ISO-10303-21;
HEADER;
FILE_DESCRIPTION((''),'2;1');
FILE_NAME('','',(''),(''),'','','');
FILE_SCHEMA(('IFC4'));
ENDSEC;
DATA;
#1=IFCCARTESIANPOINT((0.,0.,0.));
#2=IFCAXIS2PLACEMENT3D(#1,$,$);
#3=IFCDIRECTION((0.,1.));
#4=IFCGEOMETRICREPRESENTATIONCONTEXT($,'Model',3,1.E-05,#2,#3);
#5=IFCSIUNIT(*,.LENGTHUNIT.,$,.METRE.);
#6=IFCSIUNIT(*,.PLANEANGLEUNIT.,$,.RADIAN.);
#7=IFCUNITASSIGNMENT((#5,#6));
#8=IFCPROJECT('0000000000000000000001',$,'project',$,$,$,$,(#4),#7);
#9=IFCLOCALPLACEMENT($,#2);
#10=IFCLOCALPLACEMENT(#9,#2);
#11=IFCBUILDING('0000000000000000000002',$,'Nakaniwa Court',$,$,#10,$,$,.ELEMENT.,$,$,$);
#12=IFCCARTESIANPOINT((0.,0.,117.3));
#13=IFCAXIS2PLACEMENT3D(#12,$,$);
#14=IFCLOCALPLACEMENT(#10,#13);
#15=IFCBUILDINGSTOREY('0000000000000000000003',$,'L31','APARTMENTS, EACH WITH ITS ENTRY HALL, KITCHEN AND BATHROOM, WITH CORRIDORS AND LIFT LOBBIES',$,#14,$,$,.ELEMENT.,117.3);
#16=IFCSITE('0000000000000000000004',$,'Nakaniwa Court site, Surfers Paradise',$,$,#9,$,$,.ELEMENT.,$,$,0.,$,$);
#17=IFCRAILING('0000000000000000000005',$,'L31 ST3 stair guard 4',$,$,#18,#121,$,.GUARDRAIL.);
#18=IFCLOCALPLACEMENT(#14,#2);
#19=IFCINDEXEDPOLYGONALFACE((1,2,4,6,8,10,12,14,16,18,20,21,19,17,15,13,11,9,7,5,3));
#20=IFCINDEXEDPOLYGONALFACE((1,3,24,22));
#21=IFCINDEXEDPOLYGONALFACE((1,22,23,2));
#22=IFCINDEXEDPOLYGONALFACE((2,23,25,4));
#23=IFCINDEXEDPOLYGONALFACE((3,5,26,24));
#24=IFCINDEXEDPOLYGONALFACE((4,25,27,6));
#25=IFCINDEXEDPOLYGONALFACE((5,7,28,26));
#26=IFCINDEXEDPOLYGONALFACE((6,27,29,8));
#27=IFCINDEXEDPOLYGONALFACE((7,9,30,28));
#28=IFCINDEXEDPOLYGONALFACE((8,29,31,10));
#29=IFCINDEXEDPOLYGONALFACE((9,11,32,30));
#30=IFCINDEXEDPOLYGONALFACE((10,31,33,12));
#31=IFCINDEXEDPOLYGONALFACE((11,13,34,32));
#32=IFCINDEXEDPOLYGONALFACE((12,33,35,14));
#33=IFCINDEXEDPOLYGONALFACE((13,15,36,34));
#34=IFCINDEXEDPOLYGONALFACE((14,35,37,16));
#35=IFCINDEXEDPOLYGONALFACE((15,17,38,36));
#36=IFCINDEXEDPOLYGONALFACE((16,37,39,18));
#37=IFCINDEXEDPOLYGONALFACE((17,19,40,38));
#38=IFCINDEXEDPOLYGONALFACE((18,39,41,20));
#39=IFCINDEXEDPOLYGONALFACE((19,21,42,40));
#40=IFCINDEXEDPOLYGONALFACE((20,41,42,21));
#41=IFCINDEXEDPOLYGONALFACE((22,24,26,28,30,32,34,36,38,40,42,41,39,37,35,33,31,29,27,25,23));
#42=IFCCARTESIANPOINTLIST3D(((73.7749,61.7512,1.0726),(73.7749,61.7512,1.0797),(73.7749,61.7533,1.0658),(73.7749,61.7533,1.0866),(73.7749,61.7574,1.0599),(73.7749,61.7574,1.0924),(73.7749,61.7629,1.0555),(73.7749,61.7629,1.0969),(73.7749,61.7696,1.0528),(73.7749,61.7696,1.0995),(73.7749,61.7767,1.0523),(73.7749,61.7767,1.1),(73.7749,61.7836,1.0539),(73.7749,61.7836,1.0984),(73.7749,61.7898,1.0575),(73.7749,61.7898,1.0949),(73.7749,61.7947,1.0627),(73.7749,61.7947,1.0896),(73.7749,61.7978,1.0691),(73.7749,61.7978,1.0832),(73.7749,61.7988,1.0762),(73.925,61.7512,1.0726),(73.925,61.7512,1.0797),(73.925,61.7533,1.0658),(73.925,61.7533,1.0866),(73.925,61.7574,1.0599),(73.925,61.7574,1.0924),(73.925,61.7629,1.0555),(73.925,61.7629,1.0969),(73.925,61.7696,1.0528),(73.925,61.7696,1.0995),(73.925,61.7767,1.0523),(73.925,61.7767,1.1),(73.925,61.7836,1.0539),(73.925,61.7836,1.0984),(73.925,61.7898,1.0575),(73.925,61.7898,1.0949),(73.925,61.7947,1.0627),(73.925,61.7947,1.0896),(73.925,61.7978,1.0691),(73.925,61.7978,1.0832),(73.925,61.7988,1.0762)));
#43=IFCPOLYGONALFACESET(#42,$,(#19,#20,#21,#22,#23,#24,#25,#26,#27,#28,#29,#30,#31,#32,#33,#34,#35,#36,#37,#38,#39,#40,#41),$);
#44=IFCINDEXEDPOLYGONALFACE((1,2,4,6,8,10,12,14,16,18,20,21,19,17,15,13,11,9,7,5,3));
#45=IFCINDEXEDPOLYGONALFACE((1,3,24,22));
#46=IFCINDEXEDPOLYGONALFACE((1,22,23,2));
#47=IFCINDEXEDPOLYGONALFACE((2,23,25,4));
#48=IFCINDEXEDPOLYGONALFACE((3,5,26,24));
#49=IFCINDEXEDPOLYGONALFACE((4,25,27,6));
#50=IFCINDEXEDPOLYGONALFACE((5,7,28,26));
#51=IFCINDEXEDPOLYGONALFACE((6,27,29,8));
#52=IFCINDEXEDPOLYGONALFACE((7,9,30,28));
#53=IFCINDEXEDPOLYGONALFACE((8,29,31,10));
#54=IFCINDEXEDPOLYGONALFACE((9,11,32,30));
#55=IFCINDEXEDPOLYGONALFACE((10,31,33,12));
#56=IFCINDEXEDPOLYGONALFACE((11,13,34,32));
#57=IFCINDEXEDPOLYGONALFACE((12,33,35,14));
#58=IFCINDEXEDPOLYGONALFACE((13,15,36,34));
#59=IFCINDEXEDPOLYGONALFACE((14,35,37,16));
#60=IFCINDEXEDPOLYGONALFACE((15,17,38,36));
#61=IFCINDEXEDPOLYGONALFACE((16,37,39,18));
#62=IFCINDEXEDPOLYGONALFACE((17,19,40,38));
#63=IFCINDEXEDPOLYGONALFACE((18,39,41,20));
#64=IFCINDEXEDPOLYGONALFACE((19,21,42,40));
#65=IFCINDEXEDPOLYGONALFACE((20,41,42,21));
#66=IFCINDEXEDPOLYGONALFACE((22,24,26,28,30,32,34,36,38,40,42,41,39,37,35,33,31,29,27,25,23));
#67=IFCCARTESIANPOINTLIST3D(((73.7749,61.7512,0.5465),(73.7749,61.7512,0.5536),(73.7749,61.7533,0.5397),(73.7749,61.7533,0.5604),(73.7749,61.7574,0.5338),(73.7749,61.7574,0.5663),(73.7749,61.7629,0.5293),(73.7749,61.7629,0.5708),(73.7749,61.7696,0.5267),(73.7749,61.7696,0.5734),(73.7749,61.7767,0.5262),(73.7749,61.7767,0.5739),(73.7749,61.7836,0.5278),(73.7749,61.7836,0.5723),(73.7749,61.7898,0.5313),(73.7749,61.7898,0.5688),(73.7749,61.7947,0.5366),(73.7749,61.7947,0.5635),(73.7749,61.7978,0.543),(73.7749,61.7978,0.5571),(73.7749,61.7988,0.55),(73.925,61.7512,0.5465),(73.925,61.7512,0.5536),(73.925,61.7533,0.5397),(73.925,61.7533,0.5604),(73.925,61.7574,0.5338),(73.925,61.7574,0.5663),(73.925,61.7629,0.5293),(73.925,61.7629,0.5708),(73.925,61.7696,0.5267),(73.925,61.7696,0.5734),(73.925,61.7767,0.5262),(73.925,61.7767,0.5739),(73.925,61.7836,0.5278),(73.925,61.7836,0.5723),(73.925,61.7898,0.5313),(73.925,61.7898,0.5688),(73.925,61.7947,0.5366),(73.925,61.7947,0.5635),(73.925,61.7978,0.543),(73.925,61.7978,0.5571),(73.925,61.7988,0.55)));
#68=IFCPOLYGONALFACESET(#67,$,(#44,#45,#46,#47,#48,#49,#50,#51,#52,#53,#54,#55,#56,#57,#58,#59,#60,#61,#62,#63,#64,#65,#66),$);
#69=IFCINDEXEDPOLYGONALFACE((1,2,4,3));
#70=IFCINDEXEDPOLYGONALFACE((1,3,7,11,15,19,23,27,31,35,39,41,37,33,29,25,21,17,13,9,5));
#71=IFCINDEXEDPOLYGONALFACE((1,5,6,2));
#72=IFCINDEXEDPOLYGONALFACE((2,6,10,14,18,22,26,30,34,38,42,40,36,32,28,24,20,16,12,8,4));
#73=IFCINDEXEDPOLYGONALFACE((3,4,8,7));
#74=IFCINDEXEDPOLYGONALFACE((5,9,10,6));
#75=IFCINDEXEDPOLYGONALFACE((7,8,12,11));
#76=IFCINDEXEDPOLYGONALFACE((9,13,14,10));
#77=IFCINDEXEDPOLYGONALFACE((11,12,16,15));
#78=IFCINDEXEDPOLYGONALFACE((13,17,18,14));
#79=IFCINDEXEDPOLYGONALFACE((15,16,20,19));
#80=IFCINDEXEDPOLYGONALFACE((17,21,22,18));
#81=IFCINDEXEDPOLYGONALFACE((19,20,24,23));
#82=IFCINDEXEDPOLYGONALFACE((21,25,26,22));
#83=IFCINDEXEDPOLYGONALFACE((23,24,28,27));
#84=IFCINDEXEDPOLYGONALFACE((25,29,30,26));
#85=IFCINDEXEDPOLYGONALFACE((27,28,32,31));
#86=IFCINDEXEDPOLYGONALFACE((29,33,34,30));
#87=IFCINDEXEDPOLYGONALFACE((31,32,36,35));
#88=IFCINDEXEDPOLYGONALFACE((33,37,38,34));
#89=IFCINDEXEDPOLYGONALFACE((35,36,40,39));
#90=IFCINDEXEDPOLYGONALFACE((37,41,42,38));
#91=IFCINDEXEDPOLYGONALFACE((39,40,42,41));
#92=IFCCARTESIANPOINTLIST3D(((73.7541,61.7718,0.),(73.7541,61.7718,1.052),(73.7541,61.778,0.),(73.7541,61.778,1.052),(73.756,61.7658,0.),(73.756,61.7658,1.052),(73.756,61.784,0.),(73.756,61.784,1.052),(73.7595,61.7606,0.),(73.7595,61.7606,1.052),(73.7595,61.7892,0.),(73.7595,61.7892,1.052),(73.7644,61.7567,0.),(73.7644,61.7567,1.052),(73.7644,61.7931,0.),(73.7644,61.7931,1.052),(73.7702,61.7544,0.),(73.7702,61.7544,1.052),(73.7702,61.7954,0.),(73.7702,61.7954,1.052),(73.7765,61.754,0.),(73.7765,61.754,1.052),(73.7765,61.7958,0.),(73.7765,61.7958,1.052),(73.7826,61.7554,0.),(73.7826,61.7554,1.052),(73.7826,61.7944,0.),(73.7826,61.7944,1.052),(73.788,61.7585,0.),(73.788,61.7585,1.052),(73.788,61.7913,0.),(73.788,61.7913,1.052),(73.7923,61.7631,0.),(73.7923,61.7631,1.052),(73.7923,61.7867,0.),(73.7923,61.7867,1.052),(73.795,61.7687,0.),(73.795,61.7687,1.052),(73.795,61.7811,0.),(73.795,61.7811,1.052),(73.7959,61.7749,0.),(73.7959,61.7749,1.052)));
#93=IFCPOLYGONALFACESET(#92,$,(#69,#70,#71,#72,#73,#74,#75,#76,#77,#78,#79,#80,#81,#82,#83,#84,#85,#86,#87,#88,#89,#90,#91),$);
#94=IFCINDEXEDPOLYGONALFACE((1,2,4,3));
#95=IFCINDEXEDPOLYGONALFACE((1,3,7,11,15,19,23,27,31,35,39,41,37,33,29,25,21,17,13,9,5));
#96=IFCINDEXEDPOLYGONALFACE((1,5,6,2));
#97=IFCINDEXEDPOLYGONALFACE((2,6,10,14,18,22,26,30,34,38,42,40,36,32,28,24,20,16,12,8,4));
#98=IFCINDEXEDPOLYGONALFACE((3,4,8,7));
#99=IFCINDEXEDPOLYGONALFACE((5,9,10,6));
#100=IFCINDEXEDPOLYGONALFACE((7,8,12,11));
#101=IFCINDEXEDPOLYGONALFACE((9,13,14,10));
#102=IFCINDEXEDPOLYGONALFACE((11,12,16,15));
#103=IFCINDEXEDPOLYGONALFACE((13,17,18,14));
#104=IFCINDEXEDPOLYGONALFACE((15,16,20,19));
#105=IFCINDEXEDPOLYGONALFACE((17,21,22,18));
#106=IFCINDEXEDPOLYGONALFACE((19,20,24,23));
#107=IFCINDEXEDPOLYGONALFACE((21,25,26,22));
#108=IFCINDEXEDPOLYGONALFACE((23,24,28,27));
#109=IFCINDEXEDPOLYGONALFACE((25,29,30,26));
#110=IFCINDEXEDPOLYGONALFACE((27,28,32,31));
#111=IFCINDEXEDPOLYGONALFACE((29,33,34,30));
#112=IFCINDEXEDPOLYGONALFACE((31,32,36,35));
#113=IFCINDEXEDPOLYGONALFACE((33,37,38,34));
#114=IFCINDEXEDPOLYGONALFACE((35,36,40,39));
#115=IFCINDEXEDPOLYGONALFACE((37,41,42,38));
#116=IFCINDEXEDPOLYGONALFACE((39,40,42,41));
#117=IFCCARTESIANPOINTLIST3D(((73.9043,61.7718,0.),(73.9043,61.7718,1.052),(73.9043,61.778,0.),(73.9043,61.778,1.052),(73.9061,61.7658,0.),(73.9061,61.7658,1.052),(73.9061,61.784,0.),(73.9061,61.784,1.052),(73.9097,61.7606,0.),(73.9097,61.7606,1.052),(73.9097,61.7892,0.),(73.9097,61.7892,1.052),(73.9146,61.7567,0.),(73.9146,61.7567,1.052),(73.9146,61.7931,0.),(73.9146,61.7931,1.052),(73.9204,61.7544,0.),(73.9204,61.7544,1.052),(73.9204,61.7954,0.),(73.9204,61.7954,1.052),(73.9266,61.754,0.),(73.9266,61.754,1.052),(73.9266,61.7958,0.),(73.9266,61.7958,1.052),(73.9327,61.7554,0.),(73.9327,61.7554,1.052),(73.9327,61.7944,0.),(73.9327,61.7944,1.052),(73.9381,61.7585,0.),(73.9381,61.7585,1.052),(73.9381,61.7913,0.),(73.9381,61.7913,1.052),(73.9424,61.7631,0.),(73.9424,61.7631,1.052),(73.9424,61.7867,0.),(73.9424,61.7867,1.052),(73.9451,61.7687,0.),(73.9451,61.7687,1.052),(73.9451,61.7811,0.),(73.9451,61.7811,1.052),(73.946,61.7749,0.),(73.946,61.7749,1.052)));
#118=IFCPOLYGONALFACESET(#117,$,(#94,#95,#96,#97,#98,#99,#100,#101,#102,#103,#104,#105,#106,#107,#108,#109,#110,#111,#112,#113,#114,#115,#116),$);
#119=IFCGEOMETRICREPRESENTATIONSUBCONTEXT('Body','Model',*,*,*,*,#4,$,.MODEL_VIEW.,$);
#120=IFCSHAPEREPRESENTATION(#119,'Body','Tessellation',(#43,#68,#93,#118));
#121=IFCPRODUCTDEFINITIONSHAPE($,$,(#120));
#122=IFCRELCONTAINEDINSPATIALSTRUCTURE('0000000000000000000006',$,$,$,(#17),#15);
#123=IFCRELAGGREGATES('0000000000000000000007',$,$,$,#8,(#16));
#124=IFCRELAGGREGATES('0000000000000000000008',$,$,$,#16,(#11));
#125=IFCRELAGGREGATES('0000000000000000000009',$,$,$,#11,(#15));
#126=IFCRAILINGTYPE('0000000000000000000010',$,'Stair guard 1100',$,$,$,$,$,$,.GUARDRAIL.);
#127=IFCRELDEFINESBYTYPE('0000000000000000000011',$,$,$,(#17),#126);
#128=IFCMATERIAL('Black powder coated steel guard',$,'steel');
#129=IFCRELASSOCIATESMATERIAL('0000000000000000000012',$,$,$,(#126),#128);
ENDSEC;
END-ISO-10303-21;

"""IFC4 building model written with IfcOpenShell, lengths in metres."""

from ifc_helpers import new_model, si_unit, direction, frame, origin, origin_2d, place, context, subcontext, project, spatial, circle, extrude, material, type_object, element, save


model = new_model("IFC4")

# Units and contexts
model_context = context("Model", 3, precision=1e-05, world=origin(), true_north=direction((0.0, 1.0)))
body_context = subcontext(model_context, "Body", "Model", "MODEL_VIEW")
ifc_project = project(units=[si_unit("LENGTHUNIT", "METRE"), si_unit("PLANEANGLEUNIT", "RADIAN")], contexts=[model_context])

# Site, building, storey
site_placement = place(None, origin())
site = spatial("IfcSite", under=ifc_project, at=site_placement, Name="Nakaniwa Court site, Surfers Paradise", CompositionType="ELEMENT", RefElevation=0.0)
building_placement = place(site_placement, origin())
building = spatial("IfcBuilding", under=site, at=building_placement, Name="Nakaniwa Court", CompositionType="ELEMENT")
storey_placement = place(building_placement, frame((0.0, 0.0, 117.3)))
storey = spatial("IfcBuildingStorey", under=building, at=storey_placement, Name="L31", Description="APARTMENTS, EACH WITH ITS ENTRY HALL, KITCHEN AND BATHROOM, WITH CORRIDORS AND LIFT LOBBIES", CompositionType="ELEMENT", Elevation=117.3)

# Railing
ifc_material_1 = material(Name="Black powder coated steel guard", Category="steel")
railing_type_1 = type_object("IfcRailingType", Name="Stair guard 1100", PredefinedType="GUARDRAIL", material=ifc_material_1)
railing_1_placement = place(storey_placement, frame((73.7749, 61.7749, 0.0)))
element("IfcRailing", 1, at=railing_1_placement, inside=storey, type_object=railing_type_1, Name="L31 ST3 stair guard 4", PredefinedType="GUARDRAIL", context=body_context, shape_type="SweptSolid", body=[
    extrude(circle(Radius=0.0239, at=origin_2d()), frame((0.0, 0.0, 1.0762), z_axis=(1.0, 0.0, 0.0), x_axis=(0.0, 1.0, 0.0)), (0.0, 0.0, 1.0), 0.1501),
    extrude(circle(Radius=0.0239, at=origin_2d()), frame((0.0, 0.0, 0.55), z_axis=(1.0, 0.0, 0.0), x_axis=(0.0, 1.0, 0.0)), (0.0, 0.0, 1.0), 0.1501),
    extrude(circle(Radius=0.021, at=origin_2d()), origin(), (0.0, 0.0, 1.0), 1.052),
    extrude(circle(Radius=0.021, at=origin_2d()), frame((0.1501, 0.0, 0.0)), (0.0, 0.0, 1.0), 1.052),
])

save(model, "model.ifc")
